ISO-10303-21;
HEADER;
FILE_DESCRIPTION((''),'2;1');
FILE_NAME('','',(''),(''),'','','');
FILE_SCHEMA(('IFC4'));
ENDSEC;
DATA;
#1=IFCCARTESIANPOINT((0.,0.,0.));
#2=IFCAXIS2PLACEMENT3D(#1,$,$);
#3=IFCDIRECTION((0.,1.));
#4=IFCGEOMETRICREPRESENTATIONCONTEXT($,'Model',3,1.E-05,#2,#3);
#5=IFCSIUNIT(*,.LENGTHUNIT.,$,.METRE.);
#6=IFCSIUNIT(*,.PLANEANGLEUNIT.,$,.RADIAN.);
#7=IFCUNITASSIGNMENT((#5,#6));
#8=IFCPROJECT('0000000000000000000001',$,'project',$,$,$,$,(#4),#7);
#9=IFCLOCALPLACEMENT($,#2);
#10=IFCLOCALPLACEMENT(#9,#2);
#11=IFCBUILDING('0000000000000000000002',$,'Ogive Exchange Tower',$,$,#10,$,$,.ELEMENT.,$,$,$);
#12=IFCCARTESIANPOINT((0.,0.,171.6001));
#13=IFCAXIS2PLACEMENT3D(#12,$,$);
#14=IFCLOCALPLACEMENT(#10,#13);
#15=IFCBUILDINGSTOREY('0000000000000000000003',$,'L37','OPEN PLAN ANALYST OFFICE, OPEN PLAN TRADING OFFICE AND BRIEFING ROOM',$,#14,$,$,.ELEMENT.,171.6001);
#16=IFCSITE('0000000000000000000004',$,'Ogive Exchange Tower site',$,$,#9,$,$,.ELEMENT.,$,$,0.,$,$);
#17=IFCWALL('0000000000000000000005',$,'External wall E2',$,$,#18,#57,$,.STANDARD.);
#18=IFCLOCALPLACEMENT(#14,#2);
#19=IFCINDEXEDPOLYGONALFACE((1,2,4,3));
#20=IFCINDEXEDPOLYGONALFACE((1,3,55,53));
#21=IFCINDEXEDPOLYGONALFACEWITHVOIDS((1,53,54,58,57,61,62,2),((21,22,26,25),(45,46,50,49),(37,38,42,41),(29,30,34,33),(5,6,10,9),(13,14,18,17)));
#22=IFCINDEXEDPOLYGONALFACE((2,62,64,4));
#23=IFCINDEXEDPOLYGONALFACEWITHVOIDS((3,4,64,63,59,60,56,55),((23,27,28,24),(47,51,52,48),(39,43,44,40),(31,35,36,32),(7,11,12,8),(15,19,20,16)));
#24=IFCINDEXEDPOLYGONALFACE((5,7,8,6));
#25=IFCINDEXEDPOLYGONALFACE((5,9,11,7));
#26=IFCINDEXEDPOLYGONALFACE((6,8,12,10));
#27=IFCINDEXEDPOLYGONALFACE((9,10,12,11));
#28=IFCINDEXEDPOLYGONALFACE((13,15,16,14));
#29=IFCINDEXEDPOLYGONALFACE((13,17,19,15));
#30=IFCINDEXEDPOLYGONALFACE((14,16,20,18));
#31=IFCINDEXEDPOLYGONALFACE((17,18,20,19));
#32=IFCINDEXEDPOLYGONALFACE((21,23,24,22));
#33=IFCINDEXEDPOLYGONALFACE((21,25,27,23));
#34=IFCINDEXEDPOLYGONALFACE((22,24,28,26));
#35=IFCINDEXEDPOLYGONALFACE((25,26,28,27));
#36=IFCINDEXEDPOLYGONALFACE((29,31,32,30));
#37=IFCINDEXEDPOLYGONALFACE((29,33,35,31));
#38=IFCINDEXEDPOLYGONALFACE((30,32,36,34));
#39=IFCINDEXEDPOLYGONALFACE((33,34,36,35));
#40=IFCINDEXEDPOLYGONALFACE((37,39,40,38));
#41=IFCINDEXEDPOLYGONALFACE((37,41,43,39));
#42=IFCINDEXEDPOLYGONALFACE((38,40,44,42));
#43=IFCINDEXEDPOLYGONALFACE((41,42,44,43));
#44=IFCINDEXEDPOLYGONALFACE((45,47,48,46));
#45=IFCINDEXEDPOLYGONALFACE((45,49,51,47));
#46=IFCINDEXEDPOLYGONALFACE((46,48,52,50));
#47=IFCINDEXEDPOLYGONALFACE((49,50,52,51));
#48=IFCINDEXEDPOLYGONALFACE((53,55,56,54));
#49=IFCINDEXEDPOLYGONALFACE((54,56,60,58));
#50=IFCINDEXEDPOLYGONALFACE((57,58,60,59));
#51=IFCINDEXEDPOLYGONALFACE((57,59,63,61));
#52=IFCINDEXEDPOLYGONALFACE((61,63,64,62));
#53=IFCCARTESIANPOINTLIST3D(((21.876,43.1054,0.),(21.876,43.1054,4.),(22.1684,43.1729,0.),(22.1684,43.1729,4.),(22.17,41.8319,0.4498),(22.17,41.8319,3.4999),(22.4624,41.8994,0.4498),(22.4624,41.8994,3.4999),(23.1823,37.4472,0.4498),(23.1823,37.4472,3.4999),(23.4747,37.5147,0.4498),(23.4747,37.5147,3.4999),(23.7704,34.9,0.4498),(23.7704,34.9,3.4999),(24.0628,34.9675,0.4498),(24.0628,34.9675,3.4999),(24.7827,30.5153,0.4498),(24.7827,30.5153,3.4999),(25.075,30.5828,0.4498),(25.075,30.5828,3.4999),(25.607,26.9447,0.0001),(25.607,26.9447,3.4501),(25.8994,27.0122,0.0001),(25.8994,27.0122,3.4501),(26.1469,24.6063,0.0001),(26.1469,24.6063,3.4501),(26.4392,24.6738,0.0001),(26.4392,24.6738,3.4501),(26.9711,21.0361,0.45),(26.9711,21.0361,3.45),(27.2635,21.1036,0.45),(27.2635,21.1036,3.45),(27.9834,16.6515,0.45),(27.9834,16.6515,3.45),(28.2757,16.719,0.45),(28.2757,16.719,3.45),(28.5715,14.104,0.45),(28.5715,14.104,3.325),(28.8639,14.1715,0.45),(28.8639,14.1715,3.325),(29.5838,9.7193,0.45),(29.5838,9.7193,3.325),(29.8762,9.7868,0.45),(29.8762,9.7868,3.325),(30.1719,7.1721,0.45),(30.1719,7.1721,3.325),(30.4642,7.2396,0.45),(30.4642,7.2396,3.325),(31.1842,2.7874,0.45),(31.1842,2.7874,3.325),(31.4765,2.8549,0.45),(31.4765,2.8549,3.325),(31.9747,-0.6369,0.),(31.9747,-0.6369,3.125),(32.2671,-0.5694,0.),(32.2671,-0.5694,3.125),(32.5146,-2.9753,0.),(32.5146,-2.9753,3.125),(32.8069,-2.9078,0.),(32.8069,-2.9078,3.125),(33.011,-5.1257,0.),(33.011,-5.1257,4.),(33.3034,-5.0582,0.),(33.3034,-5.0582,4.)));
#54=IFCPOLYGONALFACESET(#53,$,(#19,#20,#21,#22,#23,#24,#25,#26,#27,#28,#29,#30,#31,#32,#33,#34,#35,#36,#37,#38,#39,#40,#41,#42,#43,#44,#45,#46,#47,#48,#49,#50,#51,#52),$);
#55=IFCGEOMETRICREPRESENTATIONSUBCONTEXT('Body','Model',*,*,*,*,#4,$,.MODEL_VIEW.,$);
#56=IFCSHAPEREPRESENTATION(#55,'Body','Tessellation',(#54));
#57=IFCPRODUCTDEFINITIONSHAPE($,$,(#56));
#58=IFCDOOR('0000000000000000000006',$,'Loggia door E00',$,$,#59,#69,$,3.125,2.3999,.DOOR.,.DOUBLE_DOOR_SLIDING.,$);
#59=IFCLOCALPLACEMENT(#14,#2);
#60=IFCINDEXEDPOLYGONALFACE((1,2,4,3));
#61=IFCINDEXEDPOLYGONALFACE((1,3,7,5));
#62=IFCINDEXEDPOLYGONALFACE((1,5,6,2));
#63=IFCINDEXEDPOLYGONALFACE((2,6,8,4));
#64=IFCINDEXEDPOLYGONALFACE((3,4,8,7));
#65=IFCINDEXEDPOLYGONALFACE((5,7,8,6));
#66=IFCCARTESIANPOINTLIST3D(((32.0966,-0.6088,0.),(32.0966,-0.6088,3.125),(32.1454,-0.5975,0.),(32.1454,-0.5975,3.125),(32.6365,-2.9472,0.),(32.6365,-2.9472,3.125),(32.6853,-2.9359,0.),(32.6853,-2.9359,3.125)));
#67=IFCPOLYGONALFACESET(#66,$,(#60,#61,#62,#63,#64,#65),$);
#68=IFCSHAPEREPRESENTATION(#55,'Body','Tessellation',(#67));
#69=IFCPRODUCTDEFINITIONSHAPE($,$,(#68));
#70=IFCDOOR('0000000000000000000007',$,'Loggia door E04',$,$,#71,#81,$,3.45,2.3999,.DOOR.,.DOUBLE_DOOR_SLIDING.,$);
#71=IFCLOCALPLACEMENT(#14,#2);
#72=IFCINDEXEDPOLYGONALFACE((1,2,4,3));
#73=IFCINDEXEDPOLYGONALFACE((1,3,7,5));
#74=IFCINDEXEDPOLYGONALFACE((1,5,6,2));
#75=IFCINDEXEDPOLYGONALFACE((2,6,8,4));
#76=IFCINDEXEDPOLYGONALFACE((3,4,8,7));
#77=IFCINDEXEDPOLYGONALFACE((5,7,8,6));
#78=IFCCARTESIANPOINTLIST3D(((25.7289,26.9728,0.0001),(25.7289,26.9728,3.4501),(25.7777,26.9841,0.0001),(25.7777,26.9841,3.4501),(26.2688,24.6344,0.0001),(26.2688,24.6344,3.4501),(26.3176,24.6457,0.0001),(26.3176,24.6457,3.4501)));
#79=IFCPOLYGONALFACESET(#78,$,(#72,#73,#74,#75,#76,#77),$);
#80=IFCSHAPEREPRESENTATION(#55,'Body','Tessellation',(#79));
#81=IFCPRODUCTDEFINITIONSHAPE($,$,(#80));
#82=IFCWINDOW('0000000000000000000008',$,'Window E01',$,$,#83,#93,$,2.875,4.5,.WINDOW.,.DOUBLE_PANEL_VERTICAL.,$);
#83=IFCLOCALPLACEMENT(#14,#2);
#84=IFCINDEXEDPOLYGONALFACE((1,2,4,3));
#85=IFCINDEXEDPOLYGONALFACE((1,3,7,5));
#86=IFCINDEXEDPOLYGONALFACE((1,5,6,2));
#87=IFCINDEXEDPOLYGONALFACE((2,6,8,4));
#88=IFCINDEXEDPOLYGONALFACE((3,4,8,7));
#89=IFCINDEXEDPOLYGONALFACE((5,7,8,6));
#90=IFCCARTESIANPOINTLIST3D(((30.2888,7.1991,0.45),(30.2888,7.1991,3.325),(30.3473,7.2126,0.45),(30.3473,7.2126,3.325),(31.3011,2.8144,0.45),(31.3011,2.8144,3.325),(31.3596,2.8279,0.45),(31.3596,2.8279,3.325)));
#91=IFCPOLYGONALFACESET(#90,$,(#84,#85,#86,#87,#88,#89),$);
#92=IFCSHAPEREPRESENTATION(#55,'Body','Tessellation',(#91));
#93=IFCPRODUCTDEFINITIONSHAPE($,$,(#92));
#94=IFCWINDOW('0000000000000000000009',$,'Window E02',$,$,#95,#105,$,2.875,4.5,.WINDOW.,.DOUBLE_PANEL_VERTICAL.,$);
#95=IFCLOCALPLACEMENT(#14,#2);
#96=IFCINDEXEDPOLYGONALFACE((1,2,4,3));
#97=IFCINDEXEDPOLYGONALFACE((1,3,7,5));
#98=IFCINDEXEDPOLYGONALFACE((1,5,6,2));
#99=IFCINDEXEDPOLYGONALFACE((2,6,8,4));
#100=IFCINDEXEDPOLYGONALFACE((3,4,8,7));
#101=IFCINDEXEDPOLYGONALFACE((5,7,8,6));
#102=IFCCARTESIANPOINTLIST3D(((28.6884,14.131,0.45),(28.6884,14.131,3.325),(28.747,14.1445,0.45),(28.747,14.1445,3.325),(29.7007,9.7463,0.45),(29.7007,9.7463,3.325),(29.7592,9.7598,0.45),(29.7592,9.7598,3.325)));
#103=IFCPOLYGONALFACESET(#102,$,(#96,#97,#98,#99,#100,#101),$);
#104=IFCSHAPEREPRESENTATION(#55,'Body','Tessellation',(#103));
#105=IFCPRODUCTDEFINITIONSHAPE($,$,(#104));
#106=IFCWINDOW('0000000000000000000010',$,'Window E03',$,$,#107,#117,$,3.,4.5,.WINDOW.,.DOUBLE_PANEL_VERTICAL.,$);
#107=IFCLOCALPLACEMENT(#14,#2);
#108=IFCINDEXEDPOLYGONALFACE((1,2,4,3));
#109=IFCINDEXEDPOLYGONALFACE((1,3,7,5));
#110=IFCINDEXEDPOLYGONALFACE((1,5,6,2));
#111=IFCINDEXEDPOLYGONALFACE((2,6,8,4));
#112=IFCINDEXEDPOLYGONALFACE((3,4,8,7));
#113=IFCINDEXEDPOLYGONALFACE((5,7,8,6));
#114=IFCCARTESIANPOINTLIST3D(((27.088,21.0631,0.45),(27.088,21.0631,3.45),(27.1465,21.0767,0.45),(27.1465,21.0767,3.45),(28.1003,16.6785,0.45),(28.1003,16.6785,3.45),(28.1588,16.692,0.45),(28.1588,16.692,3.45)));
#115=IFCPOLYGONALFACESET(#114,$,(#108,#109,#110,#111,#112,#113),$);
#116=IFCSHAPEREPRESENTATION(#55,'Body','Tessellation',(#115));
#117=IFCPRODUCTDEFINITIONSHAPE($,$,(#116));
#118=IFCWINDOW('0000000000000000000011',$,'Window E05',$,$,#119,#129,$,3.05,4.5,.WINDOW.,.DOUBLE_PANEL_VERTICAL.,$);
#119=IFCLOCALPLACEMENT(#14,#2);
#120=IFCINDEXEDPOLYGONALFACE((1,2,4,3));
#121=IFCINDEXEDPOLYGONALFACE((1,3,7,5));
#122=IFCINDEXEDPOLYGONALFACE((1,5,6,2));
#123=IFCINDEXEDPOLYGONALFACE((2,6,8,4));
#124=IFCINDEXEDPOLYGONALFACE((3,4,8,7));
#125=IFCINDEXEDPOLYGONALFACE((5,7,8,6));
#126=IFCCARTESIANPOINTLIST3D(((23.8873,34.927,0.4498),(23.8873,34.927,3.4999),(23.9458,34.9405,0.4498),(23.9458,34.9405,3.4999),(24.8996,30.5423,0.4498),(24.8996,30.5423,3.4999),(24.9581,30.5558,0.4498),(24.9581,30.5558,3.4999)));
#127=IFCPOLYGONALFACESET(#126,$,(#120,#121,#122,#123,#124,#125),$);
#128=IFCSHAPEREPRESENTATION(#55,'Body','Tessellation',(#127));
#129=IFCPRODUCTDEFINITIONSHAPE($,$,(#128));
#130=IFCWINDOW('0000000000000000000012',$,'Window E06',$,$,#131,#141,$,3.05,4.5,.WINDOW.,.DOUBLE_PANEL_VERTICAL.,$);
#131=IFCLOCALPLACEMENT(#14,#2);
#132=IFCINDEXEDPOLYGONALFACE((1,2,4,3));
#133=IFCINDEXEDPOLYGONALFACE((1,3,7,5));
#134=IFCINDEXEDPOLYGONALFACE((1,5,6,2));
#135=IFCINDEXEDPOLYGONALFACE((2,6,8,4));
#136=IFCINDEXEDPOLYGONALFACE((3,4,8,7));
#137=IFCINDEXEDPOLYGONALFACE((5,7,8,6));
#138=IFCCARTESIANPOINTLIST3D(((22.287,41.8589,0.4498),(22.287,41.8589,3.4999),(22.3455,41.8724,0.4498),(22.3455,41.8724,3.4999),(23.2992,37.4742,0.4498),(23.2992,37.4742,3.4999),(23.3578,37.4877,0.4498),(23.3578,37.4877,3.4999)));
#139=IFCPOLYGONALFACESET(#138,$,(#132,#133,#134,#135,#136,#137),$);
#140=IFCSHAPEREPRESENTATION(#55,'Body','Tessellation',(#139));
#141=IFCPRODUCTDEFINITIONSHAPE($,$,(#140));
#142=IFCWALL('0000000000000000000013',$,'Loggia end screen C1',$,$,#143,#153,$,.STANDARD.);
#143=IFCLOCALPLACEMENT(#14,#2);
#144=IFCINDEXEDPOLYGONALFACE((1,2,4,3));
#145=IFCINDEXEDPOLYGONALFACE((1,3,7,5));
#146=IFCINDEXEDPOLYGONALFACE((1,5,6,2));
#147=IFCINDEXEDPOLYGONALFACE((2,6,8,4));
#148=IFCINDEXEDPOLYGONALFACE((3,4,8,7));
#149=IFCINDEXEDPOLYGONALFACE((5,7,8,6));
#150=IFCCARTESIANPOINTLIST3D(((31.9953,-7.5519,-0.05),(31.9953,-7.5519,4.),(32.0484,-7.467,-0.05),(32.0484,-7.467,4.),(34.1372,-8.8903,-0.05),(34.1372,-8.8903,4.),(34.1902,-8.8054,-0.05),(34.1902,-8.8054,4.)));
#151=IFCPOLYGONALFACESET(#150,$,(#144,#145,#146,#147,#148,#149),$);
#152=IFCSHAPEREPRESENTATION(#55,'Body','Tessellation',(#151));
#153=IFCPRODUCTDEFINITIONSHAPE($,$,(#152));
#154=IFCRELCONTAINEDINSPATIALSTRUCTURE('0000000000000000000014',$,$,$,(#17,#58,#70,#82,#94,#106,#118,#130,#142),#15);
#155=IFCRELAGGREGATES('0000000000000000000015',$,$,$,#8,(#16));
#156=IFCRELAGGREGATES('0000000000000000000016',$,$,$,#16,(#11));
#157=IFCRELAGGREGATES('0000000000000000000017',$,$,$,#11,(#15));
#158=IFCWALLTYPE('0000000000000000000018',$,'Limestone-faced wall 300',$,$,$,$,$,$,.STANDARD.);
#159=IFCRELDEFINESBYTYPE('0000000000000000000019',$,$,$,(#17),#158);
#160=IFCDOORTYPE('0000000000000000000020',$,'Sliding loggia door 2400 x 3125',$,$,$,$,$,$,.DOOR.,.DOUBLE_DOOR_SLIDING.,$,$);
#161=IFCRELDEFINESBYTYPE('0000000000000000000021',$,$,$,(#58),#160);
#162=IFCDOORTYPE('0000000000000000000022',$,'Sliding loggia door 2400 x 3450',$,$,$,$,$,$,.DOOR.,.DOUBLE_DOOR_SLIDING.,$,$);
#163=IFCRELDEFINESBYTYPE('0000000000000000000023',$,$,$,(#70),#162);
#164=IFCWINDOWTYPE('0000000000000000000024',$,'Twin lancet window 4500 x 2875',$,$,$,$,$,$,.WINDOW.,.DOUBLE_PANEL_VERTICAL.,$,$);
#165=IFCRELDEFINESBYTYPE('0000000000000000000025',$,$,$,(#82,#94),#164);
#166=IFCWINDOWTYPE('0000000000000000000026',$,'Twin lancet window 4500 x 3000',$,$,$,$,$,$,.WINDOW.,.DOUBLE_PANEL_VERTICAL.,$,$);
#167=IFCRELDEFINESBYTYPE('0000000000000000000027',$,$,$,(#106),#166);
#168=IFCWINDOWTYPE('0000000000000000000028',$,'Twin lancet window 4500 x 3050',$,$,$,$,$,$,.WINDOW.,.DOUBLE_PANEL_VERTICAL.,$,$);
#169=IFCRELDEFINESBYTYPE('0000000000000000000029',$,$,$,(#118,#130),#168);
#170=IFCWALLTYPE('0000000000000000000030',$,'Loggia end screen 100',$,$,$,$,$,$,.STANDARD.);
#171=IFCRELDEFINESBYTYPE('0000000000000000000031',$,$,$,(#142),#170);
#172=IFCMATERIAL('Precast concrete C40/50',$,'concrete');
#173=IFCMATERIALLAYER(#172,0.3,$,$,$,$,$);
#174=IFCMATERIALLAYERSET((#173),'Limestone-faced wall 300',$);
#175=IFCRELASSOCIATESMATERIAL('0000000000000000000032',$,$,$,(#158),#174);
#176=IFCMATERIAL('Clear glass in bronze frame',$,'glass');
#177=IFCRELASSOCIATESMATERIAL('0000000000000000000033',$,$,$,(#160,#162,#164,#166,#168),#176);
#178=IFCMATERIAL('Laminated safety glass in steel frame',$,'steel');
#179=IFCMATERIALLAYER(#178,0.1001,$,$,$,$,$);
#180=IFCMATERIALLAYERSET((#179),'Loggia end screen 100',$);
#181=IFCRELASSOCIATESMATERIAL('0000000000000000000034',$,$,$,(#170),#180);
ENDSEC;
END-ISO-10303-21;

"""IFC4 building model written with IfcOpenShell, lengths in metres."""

from ifc_helpers import new_model, si_unit, direction, frame, frame_2d, origin, place, context, subcontext, project, spatial, rectangle, extrude, material, layer, layer_set, type_object, element, fill, save


model = new_model("IFC4")

# Units and contexts
model_context = context("Model", 3, precision=1e-05, world=origin(), true_north=direction((0.0, 1.0)))
body_context = subcontext(model_context, "Body", "Model", "MODEL_VIEW")
ifc_project = project(units=[si_unit("LENGTHUNIT", "METRE"), si_unit("PLANEANGLEUNIT", "RADIAN")], contexts=[model_context])

# Site, building, storey
site_placement = place(None, origin())
site = spatial("IfcSite", under=ifc_project, at=site_placement, Name="Ogive Exchange Tower site", CompositionType="ELEMENT", RefElevation=0.0)
building_placement = place(site_placement, origin())
building = spatial("IfcBuilding", under=site, at=building_placement, Name="Ogive Exchange Tower", CompositionType="ELEMENT")
storey_placement = place(building_placement, frame((0.0, 0.0, 171.6001)))
storey = spatial("IfcBuildingStorey", under=building, at=storey_placement, Name="L37", Description="OPEN PLAN ANALYST OFFICE, OPEN PLAN TRADING OFFICE AND BRIEFING ROOM", CompositionType="ELEMENT", Elevation=171.6001)

# Wall, openings, doors, windows
ifc_material_1 = material(Name="Precast concrete C40/50", Category="concrete")
ifc_layer_1 = layer(ifc_material_1, 0.3)
ifc_layer_set_1 = layer_set([ifc_layer_1], Name="Limestone-faced wall 300")
wall_type_1 = type_object("IfcWallType", Name="Limestone-faced wall 300", PredefinedType="STANDARD", material=ifc_layer_set_1)
wall_1_placement = place(storey_placement, frame((33.1572, -5.092, 0.0), z_axis=(0.0, 0.0, 1.0), x_axis=(-0.22495, 0.97437, 0.0)))
wall_1 = element("IfcWall", 1, at=wall_1_placement, inside=storey, type_object=wall_type_1, Name="External wall E2", PredefinedType="STANDARD", context=body_context, shape_type="SweptSolid", body=[
    extrude(rectangle(XDim=49.4998, YDim=0.3, at=frame_2d((24.75, 0.0))), origin(), (0.0, 0.0, 1.0), 4.0),
])
opening_1_placement = place(wall_1_placement, frame((2.207, 0.0, 0.0)))
opening_1 = element("IfcOpeningElement", 2, at=opening_1_placement, cuts=wall_1, PredefinedType="OPENING", context=body_context, shape_type="SweptSolid", body=[
    extrude(rectangle(XDim=2.3999, YDim=3.125, at=frame_2d((1.2, 1.5625))), frame((0.0, 0.1599, 0.0), z_axis=(0.0, -1.0, 0.0), x_axis=(1.0, 0.0, 0.0)), (0.0, 0.0, 1.0), 0.3201),
])
opening_2_placement = place(wall_1_placement, frame((8.1213, 0.0, 0.45)))
opening_2 = element("IfcOpeningElement", 3, at=opening_2_placement, cuts=wall_1, PredefinedType="OPENING", context=body_context, shape_type="SweptSolid", body=[
    extrude(rectangle(XDim=4.5, YDim=2.875, at=frame_2d((2.25, 1.4375))), frame((0.0, 0.1599, 0.0), z_axis=(0.0, -1.0, 0.0), x_axis=(1.0, 0.0, 0.0)), (0.0, 0.0, 1.0), 0.3201),
])
opening_3_placement = place(wall_1_placement, frame((15.2356, 0.0, 0.45)))
opening_3 = element("IfcOpeningElement", 4, at=opening_3_placement, cuts=wall_1, PredefinedType="OPENING", context=body_context, shape_type="SweptSolid", body=[
    extrude(rectangle(XDim=4.5, YDim=2.875, at=frame_2d((2.25, 1.4375))), frame((0.0, 0.1599, 0.0), z_axis=(0.0, -1.0, 0.0), x_axis=(1.0, 0.0, 0.0)), (0.0, 0.0, 1.0), 0.3201),
])
opening_4_placement = place(wall_1_placement, frame((22.3501, 0.0, 0.45)))
opening_4 = element("IfcOpeningElement", 5, at=opening_4_placement, cuts=wall_1, PredefinedType="OPENING", context=body_context, shape_type="SweptSolid", body=[
    extrude(rectangle(XDim=4.5, YDim=3.0, at=frame_2d((2.25, 1.5))), frame((0.0, 0.1599, 0.0), z_axis=(0.0, -1.0, 0.0), x_axis=(1.0, 0.0, 0.0)), (0.0, 0.0, 1.0), 0.3201),
])
opening_5_placement = place(wall_1_placement, frame((30.5142, 0.0, 0.0)))
opening_5 = element("IfcOpeningElement", 6, at=opening_5_placement, cuts=wall_1, PredefinedType="OPENING", context=body_context, shape_type="SweptSolid", body=[
    extrude(rectangle(XDim=2.3999, YDim=3.45, at=frame_2d((1.2, 1.7251))), frame((0.0, 0.1599, 0.0), z_axis=(0.0, -1.0, 0.0), x_axis=(1.0, 0.0, 0.0)), (0.0, 0.0, 1.0), 0.3201),
])
opening_6_placement = place(wall_1_placement, frame((36.5786, 0.0, 0.45)))
opening_6 = element("IfcOpeningElement", 7, at=opening_6_placement, cuts=wall_1, PredefinedType="OPENING", context=body_context, shape_type="SweptSolid", body=[
    extrude(rectangle(XDim=4.5, YDim=3.05, at=frame_2d((2.25, 1.5249))), frame((0.0, 0.1599, 0.0), z_axis=(0.0, -1.0, 0.0), x_axis=(1.0, 0.0, 0.0)), (0.0, 0.0, 1.0), 0.3201),
])
opening_7_placement = place(wall_1_placement, frame((43.6929, 0.0, 0.45)))
opening_7 = element("IfcOpeningElement", 8, at=opening_7_placement, cuts=wall_1, PredefinedType="OPENING", context=body_context, shape_type="SweptSolid", body=[
    extrude(rectangle(XDim=4.5, YDim=3.05, at=frame_2d((2.25, 1.5249))), frame((0.0, 0.1599, 0.0), z_axis=(0.0, -1.0, 0.0), x_axis=(1.0, 0.0, 0.0)), (0.0, 0.0, 1.0), 0.3201),
])
ifc_material_2 = material(Name="Clear glass in bronze frame", Category="glass")
door_type_1 = type_object("IfcDoorType", Name="Sliding loggia door 2400 x 3125", OperationType="DOUBLE_DOOR_SLIDING", PredefinedType="DOOR", material=ifc_material_2)
door_1_placement = place(opening_1_placement, origin())
door_1 = element("IfcDoor", 9, at=door_1_placement, inside=storey, type_object=door_type_1, Name="Loggia door E00", OperationType="DOUBLE_DOOR_SLIDING", OverallHeight=3.125, OverallWidth=2.3999, PredefinedType="DOOR", context=body_context, shape_type="SweptSolid", body=[
    extrude(rectangle(XDim=2.3999, YDim=3.125, at=frame_2d((1.2, 1.5625))), frame((0.0, 0.0249, 0.0), z_axis=(0.0, -1.0, 0.0), x_axis=(1.0, 0.0, 0.0)), (0.0, 0.0, 1.0), 0.05),
])
fill(opening_1, door_1)
door_type_2 = type_object("IfcDoorType", Name="Sliding loggia door 2400 x 3450", OperationType="DOUBLE_DOOR_SLIDING", PredefinedType="DOOR", material=ifc_material_2)
door_2_placement = place(opening_5_placement, origin())
door_2 = element("IfcDoor", 10, at=door_2_placement, inside=storey, type_object=door_type_2, Name="Loggia door E04", OperationType="DOUBLE_DOOR_SLIDING", OverallHeight=3.45, OverallWidth=2.3999, PredefinedType="DOOR", context=body_context, shape_type="SweptSolid", body=[
    extrude(rectangle(XDim=2.3999, YDim=3.45, at=frame_2d((1.2, 1.7251))), frame((0.0, 0.0249, 0.0), z_axis=(0.0, -1.0, 0.0), x_axis=(1.0, 0.0, 0.0)), (0.0, 0.0, 1.0), 0.05),
])
fill(opening_5, door_2)
window_type_1 = type_object("IfcWindowType", Name="Twin lancet window 4500 x 2875", PartitioningType="DOUBLE_PANEL_VERTICAL", PredefinedType="WINDOW", material=ifc_material_2)
window_1_placement = place(opening_2_placement, origin())
window_1 = element("IfcWindow", 11, at=window_1_placement, inside=storey, type_object=window_type_1, Name="Window E01", OverallHeight=2.875, OverallWidth=4.5, PartitioningType="DOUBLE_PANEL_VERTICAL", PredefinedType="WINDOW", context=body_context, shape_type="SweptSolid", body=[
    extrude(rectangle(XDim=4.5, YDim=2.875, at=frame_2d((2.25, 1.4375))), frame((0.0, 0.03, 0.0), z_axis=(0.0, -1.0, 0.0), x_axis=(1.0, 0.0, 0.0)), (0.0, 0.0, 1.0), 0.0601),
])
fill(opening_2, window_1)
window_2_placement = place(opening_3_placement, origin())
window_2 = element("IfcWindow", 12, at=window_2_placement, inside=storey, type_object=window_type_1, Name="Window E02", OverallHeight=2.875, OverallWidth=4.5, PartitioningType="DOUBLE_PANEL_VERTICAL", PredefinedType="WINDOW", context=body_context, shape_type="SweptSolid", body=[
    extrude(rectangle(XDim=4.5, YDim=2.875, at=frame_2d((2.25, 1.4375))), frame((0.0, 0.03, 0.0), z_axis=(0.0, -1.0, 0.0), x_axis=(1.0, 0.0, 0.0)), (0.0, 0.0, 1.0), 0.0601),
])
fill(opening_3, window_2)
window_type_2 = type_object("IfcWindowType", Name="Twin lancet window 4500 x 3000", PartitioningType="DOUBLE_PANEL_VERTICAL", PredefinedType="WINDOW", material=ifc_material_2)
window_3_placement = place(opening_4_placement, origin())
window_3 = element("IfcWindow", 13, at=window_3_placement, inside=storey, type_object=window_type_2, Name="Window E03", OverallHeight=3.0, OverallWidth=4.5, PartitioningType="DOUBLE_PANEL_VERTICAL", PredefinedType="WINDOW", context=body_context, shape_type="SweptSolid", body=[
    extrude(rectangle(XDim=4.5, YDim=3.0, at=frame_2d((2.25, 1.5))), frame((0.0, 0.03, 0.0), z_axis=(0.0, -1.0, 0.0), x_axis=(1.0, 0.0, 0.0)), (0.0, 0.0, 1.0), 0.0601),
])
fill(opening_4, window_3)
window_type_3 = type_object("IfcWindowType", Name="Twin lancet window 4500 x 3050", PartitioningType="DOUBLE_PANEL_VERTICAL", PredefinedType="WINDOW", material=ifc_material_2)
window_4_placement = place(opening_6_placement, origin())
window_4 = element("IfcWindow", 14, at=window_4_placement, inside=storey, type_object=window_type_3, Name="Window E05", OverallHeight=3.05, OverallWidth=4.5, PartitioningType="DOUBLE_PANEL_VERTICAL", PredefinedType="WINDOW", context=body_context, shape_type="SweptSolid", body=[
    extrude(rectangle(XDim=4.5, YDim=3.05, at=frame_2d((2.25, 1.5249))), frame((0.0, 0.03, 0.0), z_axis=(0.0, -1.0, 0.0), x_axis=(1.0, 0.0, 0.0)), (0.0, 0.0, 1.0), 0.0601),
])
fill(opening_6, window_4)
window_5_placement = place(opening_7_placement, origin())
window_5 = element("IfcWindow", 15, at=window_5_placement, inside=storey, type_object=window_type_3, Name="Window E06", OverallHeight=3.05, OverallWidth=4.5, PartitioningType="DOUBLE_PANEL_VERTICAL", PredefinedType="WINDOW", context=body_context, shape_type="SweptSolid", body=[
    extrude(rectangle(XDim=4.5, YDim=3.05, at=frame_2d((2.25, 1.5249))), frame((0.0, 0.03, 0.0), z_axis=(0.0, -1.0, 0.0), x_axis=(1.0, 0.0, 0.0)), (0.0, 0.0, 1.0), 0.0601),
])
fill(opening_7, window_5)

# Wall
ifc_material_3 = material(Name="Laminated safety glass in steel frame", Category="steel")
ifc_layer_2 = layer(ifc_material_3, 0.1001)
ifc_layer_set_2 = layer_set([ifc_layer_2], Name="Loggia end screen 100")
wall_type_2 = type_object("IfcWallType", Name="Loggia end screen 100", PredefinedType="STANDARD", material=ifc_layer_set_2)
wall_2_placement = place(storey_placement, frame((32.022, -7.5095, -0.05), z_axis=(0.0, 0.0, 1.0), x_axis=(0.848047, -0.529921, 0.0)))
element("IfcWall", 16, at=wall_2_placement, inside=storey, type_object=wall_type_2, Name="Loggia end screen C1", PredefinedType="STANDARD", context=body_context, shape_type="SweptSolid", body=[
    extrude(rectangle(XDim=2.5256, YDim=0.1001, at=frame_2d((1.2627, 0.0))), origin(), (0.0, 0.0, 1.0), 4.05),
])

save(model, "model.ifc")
